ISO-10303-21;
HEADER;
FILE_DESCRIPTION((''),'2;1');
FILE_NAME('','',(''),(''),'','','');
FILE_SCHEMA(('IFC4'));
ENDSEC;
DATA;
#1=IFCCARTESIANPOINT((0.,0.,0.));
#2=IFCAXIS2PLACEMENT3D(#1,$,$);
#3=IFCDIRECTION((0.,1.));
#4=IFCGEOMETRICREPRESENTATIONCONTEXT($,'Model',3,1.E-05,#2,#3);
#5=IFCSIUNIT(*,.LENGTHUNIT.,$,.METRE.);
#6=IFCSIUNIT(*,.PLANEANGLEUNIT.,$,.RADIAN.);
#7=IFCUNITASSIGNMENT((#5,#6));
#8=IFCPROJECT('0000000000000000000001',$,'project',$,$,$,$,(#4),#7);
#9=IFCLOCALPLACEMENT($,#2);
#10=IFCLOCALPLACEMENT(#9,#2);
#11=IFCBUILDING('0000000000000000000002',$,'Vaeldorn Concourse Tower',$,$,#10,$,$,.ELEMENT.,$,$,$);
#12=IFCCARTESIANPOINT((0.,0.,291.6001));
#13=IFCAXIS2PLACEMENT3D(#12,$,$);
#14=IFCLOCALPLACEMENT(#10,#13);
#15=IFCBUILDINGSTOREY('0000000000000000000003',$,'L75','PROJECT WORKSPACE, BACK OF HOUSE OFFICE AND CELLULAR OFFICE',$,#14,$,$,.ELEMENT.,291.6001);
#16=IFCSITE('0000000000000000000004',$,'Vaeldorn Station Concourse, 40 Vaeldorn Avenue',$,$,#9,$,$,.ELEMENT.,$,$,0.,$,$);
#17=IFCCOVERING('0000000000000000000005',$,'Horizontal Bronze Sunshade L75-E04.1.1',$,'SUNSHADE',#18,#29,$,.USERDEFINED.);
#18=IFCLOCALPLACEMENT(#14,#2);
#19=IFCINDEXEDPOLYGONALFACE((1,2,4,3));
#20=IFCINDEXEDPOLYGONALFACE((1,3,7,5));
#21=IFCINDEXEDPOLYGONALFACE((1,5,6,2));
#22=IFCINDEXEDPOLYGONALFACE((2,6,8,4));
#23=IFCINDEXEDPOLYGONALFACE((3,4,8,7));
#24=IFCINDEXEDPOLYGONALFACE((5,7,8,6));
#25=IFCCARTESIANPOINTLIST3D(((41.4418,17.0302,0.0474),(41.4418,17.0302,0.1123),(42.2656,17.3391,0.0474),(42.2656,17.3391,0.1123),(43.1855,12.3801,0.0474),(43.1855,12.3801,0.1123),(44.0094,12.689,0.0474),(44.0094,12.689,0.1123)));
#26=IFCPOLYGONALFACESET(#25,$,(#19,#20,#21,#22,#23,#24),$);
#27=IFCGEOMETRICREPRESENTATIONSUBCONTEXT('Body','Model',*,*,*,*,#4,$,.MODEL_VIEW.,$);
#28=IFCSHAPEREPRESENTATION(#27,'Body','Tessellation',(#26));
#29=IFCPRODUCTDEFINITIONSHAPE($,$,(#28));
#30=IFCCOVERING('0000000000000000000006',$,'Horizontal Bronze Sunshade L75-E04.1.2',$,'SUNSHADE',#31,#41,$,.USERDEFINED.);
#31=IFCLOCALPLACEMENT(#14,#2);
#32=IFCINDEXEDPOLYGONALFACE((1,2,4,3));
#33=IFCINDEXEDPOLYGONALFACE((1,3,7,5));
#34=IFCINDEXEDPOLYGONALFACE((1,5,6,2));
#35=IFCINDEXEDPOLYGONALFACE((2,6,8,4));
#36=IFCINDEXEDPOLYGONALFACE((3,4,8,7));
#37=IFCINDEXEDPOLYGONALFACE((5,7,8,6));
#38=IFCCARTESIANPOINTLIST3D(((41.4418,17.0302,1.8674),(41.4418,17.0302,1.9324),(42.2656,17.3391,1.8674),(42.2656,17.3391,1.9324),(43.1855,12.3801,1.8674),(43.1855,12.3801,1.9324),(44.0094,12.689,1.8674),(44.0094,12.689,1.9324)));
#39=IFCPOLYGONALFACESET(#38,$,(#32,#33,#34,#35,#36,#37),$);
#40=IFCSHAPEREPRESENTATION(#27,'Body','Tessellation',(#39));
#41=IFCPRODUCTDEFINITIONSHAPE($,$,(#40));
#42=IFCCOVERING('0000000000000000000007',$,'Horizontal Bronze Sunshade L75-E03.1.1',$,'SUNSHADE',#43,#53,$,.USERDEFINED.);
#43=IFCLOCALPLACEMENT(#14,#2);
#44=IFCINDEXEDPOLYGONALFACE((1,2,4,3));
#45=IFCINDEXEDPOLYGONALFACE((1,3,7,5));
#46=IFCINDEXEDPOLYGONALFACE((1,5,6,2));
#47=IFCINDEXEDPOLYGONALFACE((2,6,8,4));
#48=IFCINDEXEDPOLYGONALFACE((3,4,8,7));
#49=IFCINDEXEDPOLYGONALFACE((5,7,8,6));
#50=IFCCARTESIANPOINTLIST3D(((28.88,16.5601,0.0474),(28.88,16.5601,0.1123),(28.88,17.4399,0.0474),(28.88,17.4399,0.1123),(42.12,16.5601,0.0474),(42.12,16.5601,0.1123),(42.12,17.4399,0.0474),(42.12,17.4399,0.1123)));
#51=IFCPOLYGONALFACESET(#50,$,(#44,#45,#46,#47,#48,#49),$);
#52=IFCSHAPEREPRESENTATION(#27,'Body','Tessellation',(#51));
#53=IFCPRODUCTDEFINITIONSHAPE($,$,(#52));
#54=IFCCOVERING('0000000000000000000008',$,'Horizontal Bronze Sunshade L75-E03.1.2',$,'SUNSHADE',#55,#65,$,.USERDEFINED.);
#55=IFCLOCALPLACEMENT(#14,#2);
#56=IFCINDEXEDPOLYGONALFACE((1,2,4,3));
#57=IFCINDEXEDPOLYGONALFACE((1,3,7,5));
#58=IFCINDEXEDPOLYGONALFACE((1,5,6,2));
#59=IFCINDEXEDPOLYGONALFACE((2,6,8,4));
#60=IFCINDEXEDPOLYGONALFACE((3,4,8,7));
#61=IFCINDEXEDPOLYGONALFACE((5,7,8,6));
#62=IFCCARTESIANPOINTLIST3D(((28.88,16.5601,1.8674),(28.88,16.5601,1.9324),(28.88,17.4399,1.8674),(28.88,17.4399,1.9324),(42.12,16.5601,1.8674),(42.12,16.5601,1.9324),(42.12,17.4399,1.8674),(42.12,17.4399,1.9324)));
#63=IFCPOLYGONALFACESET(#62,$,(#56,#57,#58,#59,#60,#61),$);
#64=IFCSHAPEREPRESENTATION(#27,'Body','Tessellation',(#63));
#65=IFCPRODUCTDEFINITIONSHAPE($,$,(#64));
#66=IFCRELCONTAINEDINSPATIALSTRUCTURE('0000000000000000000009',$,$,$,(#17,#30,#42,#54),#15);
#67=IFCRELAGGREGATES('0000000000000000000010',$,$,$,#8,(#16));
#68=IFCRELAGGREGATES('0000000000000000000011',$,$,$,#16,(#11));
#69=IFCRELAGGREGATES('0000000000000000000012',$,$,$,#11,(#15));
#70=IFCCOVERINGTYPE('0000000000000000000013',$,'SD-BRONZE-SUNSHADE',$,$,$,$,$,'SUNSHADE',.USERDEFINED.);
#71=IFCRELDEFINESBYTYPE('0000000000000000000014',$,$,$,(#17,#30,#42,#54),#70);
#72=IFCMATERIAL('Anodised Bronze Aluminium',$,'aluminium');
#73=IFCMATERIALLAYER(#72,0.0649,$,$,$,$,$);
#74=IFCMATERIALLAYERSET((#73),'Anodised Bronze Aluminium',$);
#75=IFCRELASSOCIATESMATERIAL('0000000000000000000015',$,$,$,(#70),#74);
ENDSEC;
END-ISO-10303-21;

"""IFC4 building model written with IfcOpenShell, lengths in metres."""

from ifc_helpers import new_model, si_unit, direction, frame, origin, origin_2d, place, context, subcontext, project, spatial, rectangle, extrude, source, transform, mapped, material, layer, layer_set, type_object, element, save


model = new_model("IFC4")

# Units and contexts
model_context = context("Model", 3, precision=1e-05, world=origin(), true_north=direction((0.0, 1.0)))
body_context = subcontext(model_context, "Body", "Model", "MODEL_VIEW")
ifc_project = project(units=[si_unit("LENGTHUNIT", "METRE"), si_unit("PLANEANGLEUNIT", "RADIAN")], contexts=[model_context])

# Site, building, storey
site_placement = place(None, origin())
site = spatial("IfcSite", under=ifc_project, at=site_placement, Name="Vaeldorn Station Concourse, 40 Vaeldorn Avenue", CompositionType="ELEMENT", RefElevation=0.0)
building_placement = place(site_placement, origin())
building = spatial("IfcBuilding", under=site, at=building_placement, Name="Vaeldorn Concourse Tower", CompositionType="ELEMENT")
storey_placement = place(building_placement, frame((0.0, 0.0, 291.6001)))
storey = spatial("IfcBuildingStorey", under=building, at=storey_placement, Name="L75", Description="PROJECT WORKSPACE, BACK OF HOUSE OFFICE AND CELLULAR OFFICE", CompositionType="ELEMENT", Elevation=291.6001)

# Shared definitions
ifc_material_1 = material(Name="Anodised Bronze Aluminium", Category="aluminium")

# Coverings
ifc_layer_1 = layer(ifc_material_1, 0.0649)
ifc_layer_set_1 = layer_set([ifc_layer_1], Name="Anodised Bronze Aluminium")
covering_type = type_object("IfcCoveringType", Name="SD-BRONZE-SUNSHADE", ElementType="SUNSHADE", PredefinedType="USERDEFINED", material=ifc_layer_set_1)
shared_shape_1 = source(origin(), body_context, "Body", "SweptSolid", [
    extrude(rectangle(XDim=4.9663, YDim=0.8799, at=origin_2d()), origin(), (0.0, 0.0, 1.0), 0.0649),
])
for number, where, z_axis, x_axis, name in (
    (1, (42.7256, 14.8596, 0.0474), (0.0, 0.0, 1.0), (0.351123, -0.936329, 0.0), "Horizontal Bronze Sunshade L75-E04.1.1"),
    (2, (42.7256, 14.8596, 1.8674), (0.0, 0.0, 1.0), (0.351123, -0.936329, 0.0), "Horizontal Bronze Sunshade L75-E04.1.2"),
):
    element("IfcCovering", number, at=place(storey_placement, frame(where, z_axis=z_axis, x_axis=x_axis)), inside=storey, type_object=covering_type, Name=name, ObjectType="SUNSHADE", PredefinedType="USERDEFINED", context=body_context, shape_type="MappedRepresentation", body=[
        mapped(shared_shape_1, transform((0.0, 0.0, 0.0), scale=1.0)),
    ])
shared_shape_2 = source(origin(), body_context, "Body", "SweptSolid", [
    extrude(rectangle(XDim=13.24, YDim=0.8799, at=origin_2d()), origin(), (0.0, 0.0, 1.0), 0.0649),
])
for number, where, z_axis, x_axis, name in (
    (3, (35.5, 17.0, 0.0474), (0.0, 0.0, 1.0), (1.0, 0.0, 0.0), "Horizontal Bronze Sunshade L75-E03.1.1"),
    (4, (35.5, 17.0, 1.8674), (0.0, 0.0, 1.0), (1.0, 0.0, 0.0), "Horizontal Bronze Sunshade L75-E03.1.2"),
):
    element("IfcCovering", number, at=place(storey_placement, frame(where, z_axis=z_axis, x_axis=x_axis)), inside=storey, type_object=covering_type, Name=name, ObjectType="SUNSHADE", PredefinedType="USERDEFINED", context=body_context, shape_type="MappedRepresentation", body=[
        mapped(shared_shape_2, transform((0.0, 0.0, 0.0), scale=1.0)),
    ])

save(model, "model.ifc")
